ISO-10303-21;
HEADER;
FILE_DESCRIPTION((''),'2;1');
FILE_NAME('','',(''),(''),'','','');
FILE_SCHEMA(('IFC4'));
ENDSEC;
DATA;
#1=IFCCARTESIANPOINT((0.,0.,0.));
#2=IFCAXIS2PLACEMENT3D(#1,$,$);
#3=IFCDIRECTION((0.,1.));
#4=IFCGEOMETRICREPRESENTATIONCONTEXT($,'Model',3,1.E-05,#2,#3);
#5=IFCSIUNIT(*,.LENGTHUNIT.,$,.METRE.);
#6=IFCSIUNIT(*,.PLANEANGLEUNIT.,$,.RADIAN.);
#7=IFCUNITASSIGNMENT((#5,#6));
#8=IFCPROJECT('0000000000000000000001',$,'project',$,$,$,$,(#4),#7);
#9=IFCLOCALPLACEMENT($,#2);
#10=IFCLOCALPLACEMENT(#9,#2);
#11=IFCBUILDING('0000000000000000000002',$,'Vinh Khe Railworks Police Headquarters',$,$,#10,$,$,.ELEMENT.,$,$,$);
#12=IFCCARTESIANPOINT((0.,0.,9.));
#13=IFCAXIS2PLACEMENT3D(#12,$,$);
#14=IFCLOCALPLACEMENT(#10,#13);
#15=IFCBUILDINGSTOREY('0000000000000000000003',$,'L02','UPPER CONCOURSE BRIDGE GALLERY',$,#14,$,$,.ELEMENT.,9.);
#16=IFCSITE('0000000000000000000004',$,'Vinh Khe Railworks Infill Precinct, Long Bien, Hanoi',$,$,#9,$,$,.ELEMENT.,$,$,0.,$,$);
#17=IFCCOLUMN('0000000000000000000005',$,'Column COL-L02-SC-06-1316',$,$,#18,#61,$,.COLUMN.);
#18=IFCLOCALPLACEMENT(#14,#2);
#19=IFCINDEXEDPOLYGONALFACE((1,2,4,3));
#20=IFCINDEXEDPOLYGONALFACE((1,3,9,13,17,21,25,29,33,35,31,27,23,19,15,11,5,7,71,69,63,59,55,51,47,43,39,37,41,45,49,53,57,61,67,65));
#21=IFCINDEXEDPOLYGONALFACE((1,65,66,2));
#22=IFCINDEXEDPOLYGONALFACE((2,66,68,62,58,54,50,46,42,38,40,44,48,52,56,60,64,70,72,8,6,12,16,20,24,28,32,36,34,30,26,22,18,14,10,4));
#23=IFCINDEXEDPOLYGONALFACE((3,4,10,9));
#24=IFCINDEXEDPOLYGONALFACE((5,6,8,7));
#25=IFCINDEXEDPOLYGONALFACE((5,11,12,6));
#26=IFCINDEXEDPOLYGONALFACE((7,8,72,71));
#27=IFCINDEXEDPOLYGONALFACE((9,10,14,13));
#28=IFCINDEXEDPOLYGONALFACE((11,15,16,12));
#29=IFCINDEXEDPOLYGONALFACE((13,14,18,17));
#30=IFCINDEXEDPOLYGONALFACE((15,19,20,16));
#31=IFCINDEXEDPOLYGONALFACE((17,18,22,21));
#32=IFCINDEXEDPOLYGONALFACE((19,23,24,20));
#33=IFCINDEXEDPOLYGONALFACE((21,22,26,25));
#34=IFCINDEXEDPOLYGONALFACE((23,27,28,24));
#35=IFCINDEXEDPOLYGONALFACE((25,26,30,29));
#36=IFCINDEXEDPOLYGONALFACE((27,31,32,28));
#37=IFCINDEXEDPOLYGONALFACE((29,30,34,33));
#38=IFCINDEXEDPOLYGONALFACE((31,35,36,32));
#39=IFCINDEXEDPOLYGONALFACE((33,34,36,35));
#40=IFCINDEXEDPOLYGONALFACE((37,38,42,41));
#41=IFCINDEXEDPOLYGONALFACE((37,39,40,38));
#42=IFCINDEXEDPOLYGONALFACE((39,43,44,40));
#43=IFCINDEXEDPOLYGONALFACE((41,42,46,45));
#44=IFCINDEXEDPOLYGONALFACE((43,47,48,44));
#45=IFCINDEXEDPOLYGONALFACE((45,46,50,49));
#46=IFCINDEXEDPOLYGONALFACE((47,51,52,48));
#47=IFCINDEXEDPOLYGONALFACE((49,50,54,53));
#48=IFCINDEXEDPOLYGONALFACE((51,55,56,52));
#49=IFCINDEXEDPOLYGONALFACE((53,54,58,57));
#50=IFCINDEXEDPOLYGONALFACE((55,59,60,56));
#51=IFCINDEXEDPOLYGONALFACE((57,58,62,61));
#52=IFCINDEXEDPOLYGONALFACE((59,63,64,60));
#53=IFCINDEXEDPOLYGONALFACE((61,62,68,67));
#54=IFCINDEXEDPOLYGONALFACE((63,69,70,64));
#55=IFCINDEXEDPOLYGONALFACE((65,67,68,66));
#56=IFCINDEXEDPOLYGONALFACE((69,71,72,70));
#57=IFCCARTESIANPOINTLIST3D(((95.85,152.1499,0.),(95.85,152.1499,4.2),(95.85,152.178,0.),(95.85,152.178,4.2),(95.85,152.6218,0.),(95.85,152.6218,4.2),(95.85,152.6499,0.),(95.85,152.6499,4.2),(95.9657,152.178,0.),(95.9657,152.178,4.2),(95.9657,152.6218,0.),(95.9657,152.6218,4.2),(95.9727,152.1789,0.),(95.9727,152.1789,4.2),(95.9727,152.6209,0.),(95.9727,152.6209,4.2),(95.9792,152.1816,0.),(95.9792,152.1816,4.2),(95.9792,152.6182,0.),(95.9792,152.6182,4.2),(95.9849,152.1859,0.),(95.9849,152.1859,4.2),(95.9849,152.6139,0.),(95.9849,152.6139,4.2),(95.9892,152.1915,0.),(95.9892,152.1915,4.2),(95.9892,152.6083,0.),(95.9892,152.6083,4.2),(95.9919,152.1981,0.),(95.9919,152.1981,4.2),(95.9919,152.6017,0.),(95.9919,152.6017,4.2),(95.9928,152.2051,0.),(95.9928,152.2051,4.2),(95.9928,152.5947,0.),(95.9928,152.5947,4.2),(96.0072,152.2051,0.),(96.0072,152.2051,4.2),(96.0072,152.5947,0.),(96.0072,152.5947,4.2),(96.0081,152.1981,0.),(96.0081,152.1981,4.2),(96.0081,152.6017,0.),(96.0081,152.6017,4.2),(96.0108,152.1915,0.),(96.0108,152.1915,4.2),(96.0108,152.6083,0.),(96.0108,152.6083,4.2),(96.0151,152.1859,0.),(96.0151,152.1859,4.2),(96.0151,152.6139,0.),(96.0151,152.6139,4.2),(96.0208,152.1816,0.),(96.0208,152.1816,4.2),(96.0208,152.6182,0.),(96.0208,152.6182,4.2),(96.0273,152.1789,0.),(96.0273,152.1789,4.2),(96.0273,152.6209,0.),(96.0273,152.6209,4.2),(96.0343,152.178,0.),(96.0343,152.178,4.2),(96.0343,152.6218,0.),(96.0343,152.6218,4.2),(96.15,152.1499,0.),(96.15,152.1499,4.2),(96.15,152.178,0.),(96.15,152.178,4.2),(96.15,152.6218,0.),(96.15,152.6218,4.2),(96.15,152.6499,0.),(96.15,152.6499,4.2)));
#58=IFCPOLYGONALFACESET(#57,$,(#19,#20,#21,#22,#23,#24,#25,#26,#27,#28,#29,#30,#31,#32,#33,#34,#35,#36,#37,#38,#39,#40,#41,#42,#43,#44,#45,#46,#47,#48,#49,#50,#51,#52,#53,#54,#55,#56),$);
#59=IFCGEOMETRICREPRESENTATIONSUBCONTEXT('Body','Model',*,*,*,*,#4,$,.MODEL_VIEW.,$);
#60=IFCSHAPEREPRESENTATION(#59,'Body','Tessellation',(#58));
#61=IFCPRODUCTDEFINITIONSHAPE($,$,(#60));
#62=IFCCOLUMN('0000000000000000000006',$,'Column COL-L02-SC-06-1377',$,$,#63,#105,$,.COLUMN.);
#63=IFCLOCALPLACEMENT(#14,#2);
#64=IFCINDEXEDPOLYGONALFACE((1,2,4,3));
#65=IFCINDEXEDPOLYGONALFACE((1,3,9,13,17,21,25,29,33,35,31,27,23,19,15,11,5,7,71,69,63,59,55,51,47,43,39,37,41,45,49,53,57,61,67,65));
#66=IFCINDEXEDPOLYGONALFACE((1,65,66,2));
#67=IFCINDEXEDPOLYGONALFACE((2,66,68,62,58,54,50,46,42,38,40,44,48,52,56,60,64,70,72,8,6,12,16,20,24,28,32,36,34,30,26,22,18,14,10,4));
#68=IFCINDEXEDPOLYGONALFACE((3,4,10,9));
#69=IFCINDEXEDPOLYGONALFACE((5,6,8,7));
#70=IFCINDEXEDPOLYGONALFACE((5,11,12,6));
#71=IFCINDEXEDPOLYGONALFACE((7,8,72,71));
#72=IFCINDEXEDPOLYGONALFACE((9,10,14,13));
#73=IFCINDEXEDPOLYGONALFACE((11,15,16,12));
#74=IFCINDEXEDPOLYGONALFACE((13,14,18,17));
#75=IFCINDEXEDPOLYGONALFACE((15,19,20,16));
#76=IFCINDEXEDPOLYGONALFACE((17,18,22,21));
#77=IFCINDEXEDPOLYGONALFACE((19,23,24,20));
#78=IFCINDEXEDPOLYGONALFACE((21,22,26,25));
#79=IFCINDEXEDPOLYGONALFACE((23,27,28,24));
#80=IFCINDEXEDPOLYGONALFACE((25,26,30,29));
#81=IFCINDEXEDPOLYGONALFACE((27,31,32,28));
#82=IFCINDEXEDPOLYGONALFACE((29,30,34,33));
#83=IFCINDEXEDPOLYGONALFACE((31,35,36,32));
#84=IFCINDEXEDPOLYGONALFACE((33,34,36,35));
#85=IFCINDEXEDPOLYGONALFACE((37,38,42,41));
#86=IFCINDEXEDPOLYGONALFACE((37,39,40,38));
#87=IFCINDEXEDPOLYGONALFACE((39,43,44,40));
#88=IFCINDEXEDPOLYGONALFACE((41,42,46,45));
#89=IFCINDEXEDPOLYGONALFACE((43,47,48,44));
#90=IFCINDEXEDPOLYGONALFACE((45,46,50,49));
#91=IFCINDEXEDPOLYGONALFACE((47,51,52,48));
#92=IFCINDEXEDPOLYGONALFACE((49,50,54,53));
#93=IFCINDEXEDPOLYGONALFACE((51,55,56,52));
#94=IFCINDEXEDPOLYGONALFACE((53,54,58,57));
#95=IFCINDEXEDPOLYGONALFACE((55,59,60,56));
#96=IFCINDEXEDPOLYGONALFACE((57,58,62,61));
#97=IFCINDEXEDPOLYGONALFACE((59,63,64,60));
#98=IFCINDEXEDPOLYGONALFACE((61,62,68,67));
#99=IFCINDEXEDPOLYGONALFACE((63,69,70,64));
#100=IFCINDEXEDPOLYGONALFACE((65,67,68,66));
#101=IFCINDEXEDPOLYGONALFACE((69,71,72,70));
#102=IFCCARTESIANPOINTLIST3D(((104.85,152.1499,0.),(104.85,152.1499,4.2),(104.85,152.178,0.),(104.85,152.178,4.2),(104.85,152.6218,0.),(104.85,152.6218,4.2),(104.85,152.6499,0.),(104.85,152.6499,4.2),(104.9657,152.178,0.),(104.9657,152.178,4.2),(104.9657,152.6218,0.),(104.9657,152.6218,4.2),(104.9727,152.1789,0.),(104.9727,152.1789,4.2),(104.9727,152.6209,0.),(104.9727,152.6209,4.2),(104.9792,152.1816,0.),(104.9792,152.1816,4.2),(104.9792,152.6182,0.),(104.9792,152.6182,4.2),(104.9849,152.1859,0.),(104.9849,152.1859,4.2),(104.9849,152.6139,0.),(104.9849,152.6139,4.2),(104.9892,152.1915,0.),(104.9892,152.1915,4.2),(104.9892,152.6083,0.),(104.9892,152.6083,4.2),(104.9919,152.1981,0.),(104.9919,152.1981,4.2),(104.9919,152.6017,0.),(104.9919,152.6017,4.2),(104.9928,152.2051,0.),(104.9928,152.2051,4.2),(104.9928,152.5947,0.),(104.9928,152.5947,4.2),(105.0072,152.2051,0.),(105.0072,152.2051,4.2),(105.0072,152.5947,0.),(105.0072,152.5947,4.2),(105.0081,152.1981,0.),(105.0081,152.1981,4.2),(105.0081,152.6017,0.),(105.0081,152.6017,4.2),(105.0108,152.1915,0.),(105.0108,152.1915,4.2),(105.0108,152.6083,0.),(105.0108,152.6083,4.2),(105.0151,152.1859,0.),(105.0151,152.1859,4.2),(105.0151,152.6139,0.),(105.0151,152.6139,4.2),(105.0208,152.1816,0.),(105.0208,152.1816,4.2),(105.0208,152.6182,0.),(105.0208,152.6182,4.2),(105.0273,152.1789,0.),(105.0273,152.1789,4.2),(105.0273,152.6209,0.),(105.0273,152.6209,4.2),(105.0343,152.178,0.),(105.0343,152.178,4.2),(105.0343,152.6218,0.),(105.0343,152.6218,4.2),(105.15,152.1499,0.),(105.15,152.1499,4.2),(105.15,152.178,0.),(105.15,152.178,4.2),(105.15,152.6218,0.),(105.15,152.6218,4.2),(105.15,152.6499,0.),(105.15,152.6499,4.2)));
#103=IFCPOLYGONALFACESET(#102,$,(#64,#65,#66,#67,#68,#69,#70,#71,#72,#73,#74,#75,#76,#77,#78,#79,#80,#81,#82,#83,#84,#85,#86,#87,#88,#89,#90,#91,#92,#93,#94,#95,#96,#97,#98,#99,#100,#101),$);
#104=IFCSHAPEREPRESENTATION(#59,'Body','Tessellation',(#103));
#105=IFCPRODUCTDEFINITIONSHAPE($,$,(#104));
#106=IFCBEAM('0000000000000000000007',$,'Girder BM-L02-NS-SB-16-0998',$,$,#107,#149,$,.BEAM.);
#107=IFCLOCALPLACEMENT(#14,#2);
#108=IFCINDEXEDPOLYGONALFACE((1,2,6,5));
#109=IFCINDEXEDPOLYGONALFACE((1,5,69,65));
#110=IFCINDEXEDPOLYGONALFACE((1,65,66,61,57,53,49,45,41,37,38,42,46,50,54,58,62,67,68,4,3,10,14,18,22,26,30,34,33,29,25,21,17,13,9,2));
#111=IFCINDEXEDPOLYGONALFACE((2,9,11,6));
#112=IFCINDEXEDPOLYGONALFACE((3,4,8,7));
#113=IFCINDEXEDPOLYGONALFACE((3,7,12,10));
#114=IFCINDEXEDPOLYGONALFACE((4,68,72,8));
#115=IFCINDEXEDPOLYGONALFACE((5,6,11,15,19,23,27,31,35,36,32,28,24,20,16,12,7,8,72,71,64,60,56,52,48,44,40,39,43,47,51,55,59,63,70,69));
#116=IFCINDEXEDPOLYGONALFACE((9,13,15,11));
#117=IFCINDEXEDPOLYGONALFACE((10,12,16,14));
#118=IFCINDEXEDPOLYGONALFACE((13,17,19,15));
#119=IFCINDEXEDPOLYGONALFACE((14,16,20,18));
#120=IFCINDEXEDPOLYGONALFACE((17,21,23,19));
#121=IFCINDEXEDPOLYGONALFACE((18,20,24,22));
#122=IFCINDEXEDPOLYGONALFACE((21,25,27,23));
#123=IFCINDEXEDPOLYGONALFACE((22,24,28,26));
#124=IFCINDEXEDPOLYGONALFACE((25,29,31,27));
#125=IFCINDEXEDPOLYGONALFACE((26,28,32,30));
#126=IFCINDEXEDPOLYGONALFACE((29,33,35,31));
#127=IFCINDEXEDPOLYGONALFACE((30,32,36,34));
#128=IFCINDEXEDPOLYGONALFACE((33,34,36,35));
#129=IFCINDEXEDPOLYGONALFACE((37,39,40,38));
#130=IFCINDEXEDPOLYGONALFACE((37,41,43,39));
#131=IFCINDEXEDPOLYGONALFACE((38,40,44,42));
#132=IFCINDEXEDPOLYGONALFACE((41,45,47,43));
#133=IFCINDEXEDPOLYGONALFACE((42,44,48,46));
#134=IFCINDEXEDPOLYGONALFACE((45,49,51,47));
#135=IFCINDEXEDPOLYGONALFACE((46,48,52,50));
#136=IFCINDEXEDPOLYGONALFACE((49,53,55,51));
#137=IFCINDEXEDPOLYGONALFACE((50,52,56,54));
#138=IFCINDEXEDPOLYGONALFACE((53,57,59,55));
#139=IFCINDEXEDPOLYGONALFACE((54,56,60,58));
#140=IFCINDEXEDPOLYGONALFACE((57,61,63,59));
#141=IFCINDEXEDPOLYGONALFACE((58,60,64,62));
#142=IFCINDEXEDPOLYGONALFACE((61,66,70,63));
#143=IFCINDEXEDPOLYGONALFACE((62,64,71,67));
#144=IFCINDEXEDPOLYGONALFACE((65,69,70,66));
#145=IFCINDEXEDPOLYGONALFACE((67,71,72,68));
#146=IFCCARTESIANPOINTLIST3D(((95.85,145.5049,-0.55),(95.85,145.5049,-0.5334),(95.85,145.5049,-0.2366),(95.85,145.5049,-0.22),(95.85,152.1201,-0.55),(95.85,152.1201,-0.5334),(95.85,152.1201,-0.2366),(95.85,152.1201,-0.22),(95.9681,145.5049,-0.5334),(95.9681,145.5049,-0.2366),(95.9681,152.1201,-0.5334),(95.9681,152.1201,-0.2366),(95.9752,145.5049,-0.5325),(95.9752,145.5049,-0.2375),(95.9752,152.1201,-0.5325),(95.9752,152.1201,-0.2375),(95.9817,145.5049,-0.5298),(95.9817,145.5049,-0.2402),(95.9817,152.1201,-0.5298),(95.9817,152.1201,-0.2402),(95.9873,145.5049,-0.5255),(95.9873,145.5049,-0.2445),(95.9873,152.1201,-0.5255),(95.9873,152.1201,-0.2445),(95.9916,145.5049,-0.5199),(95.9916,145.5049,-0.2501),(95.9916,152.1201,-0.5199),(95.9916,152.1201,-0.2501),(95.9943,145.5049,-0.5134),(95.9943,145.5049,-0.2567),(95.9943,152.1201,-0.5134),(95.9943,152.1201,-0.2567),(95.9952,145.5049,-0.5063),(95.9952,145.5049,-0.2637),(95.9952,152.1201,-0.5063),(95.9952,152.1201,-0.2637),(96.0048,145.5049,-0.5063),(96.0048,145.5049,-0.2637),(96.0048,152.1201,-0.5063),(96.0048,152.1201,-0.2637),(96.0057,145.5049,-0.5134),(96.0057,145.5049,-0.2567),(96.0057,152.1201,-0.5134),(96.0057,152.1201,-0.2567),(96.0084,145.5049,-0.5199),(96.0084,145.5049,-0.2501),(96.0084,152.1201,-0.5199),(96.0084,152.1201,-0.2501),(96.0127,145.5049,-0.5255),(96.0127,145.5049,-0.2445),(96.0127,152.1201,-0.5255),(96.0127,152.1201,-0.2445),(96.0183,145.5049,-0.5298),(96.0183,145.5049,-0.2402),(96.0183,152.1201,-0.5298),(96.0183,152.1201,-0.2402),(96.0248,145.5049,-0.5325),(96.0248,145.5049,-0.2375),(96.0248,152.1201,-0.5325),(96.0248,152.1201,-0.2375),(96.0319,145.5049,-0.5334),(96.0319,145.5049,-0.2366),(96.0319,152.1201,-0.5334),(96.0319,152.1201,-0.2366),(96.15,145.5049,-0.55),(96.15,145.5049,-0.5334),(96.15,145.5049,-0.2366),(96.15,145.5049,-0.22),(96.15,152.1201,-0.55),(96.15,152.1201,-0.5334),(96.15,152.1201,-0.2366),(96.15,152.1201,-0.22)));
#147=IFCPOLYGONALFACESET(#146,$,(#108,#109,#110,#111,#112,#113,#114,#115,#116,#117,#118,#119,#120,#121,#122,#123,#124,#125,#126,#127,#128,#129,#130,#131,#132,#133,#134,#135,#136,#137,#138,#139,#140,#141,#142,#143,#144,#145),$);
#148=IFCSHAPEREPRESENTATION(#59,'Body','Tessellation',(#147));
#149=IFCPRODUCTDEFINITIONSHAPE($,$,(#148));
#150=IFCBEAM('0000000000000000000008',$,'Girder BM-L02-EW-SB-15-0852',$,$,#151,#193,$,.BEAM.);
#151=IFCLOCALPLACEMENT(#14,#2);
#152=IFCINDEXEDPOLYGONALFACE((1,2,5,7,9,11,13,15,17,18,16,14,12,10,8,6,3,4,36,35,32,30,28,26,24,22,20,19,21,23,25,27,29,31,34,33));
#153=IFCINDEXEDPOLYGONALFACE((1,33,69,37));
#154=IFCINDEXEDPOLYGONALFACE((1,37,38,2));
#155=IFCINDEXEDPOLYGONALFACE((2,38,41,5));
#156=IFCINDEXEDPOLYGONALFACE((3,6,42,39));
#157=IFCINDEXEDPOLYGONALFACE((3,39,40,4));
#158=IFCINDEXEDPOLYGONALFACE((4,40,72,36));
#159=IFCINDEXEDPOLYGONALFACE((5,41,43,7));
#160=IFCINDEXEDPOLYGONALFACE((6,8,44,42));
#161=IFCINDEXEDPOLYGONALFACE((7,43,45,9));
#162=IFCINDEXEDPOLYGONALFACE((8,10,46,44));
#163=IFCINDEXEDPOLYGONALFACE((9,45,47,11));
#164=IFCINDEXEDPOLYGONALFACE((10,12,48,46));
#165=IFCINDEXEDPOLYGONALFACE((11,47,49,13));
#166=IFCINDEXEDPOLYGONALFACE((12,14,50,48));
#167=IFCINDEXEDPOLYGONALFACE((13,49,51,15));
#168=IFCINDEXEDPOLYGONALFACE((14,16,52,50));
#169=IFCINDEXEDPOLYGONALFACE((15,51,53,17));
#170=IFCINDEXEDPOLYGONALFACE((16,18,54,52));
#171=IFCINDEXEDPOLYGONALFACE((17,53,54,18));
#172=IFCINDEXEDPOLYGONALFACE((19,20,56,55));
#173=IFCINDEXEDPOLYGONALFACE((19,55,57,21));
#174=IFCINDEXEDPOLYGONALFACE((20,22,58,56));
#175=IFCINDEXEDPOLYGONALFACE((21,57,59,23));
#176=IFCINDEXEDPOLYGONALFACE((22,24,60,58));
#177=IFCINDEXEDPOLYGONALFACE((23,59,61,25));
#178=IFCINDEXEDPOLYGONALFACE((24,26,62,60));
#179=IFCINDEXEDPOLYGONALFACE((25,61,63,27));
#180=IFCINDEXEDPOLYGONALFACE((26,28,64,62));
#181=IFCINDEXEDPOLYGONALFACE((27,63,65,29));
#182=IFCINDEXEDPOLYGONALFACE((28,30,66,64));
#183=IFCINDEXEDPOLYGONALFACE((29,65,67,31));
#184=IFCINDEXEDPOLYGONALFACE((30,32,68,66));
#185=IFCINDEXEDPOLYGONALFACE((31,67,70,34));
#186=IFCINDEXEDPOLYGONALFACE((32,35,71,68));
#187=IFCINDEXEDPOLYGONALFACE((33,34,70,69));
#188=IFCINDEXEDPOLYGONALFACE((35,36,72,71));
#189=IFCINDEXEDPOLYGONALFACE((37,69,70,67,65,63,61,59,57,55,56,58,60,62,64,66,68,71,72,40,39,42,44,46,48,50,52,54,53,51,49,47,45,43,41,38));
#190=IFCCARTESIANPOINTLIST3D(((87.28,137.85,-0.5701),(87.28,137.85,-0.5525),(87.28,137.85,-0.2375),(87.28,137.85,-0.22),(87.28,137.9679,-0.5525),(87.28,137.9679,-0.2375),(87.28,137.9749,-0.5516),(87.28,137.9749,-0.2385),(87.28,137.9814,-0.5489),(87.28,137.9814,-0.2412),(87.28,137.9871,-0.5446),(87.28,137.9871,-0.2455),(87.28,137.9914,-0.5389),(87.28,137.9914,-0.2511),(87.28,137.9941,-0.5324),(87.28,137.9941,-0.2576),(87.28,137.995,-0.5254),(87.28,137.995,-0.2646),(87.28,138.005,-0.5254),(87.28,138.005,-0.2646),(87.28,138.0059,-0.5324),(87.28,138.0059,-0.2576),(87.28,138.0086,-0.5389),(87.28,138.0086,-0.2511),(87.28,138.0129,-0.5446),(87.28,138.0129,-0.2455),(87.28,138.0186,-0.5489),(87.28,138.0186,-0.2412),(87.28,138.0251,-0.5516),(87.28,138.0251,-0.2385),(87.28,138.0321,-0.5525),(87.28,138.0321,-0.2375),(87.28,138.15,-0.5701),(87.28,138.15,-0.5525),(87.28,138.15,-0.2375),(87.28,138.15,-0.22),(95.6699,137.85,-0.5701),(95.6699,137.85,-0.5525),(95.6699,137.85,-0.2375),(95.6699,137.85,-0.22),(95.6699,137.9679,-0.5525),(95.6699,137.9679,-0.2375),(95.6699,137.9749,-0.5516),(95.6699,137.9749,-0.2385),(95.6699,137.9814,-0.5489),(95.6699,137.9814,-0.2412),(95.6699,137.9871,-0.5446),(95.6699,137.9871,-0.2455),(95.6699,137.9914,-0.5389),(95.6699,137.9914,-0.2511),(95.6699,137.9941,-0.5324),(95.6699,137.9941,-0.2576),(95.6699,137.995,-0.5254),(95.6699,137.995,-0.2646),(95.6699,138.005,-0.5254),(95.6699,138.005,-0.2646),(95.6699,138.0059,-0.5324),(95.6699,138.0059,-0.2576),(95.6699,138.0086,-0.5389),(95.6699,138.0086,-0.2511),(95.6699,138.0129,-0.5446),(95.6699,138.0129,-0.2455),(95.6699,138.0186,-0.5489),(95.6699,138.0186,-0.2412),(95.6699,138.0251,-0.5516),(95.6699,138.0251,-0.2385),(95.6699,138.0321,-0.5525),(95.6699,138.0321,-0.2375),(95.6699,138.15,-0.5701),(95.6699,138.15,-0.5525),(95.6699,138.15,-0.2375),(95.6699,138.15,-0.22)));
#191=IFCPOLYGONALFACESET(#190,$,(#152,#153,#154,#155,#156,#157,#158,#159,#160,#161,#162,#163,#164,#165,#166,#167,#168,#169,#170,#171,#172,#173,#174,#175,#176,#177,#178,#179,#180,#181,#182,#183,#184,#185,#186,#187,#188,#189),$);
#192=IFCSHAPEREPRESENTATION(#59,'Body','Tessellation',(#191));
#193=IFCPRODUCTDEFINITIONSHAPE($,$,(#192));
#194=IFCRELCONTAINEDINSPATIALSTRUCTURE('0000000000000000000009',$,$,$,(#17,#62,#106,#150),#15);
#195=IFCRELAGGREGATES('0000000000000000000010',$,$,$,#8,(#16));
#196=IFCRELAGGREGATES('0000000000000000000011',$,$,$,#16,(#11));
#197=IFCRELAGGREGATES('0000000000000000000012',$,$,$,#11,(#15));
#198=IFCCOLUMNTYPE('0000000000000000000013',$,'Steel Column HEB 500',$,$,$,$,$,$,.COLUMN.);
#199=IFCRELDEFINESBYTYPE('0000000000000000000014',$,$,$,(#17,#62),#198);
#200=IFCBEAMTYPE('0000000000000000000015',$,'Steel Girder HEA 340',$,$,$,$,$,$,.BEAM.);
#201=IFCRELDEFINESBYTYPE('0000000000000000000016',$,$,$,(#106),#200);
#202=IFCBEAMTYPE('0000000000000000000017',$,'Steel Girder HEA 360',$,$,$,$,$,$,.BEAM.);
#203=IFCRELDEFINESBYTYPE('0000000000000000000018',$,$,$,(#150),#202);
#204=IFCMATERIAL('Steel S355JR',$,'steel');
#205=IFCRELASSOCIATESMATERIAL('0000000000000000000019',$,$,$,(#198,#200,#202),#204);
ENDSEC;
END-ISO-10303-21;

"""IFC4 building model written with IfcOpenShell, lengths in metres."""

from ifc_helpers import new_model, si_unit, direction, frame, origin, origin_2d, place, context, subcontext, project, spatial, i_section, extrude, material, material_profile, profile_set, type_object, element, save


model = new_model("IFC4")

# Units and contexts
model_context = context("Model", 3, precision=1e-05, world=origin(), true_north=direction((0.0, 1.0)))
body_context = subcontext(model_context, "Body", "Model", "MODEL_VIEW")
ifc_project = project(units=[si_unit("LENGTHUNIT", "METRE"), si_unit("PLANEANGLEUNIT", "RADIAN")], contexts=[model_context])

# Site, building, storey
site_placement = place(None, origin())
site = spatial("IfcSite", under=ifc_project, at=site_placement, Name="Vinh Khe Railworks Infill Precinct, Long Bien, Hanoi", CompositionType="ELEMENT", RefElevation=0.0)
building_placement = place(site_placement, origin())
building = spatial("IfcBuilding", under=site, at=building_placement, Name="Vinh Khe Railworks Police Headquarters", CompositionType="ELEMENT")
storey_placement = place(building_placement, frame((0.0, 0.0, 9.0)))
storey = spatial("IfcBuildingStorey", under=building, at=storey_placement, Name="L02", Description="UPPER CONCOURSE BRIDGE GALLERY", CompositionType="ELEMENT", Elevation=9.0)

# Columns
ifc_material_1 = material(Name="Steel S355JR", Category="steel")
ifc_material_profile_1 = material_profile(ifc_material_1, i_section(OverallWidth=0.3, OverallDepth=0.5, WebThickness=0.0144, FlangeThickness=0.0281, FilletRadius=0.0271, at=origin_2d()), Name="HEB 500")
ifc_profile_set_1 = profile_set([ifc_material_profile_1], Name="Steel S355JR")
column_type_1 = type_object("IfcColumnType", Name="Steel Column HEB 500", PredefinedType="COLUMN", material=ifc_profile_set_1)
for number, where, z_axis, x_axis, name in (
    (1, (96.0, 152.3999, 0.0), (0.0, 0.0, 1.0), (1.0, 0.0, 0.0), "Column COL-L02-SC-06-1316"),
    (2, (105.0, 152.3999, 0.0), (0.0, 0.0, 1.0), (1.0, 0.0, 0.0), "Column COL-L02-SC-06-1377"),
):
    element("IfcColumn", number, at=place(storey_placement, frame(where, z_axis=z_axis, x_axis=x_axis)), inside=storey, type_object=column_type_1, Name=name, PredefinedType="COLUMN", context=body_context, shape_type="SweptSolid", body=[
        extrude(i_section(OverallWidth=0.3, OverallDepth=0.5, WebThickness=0.0144, FlangeThickness=0.0281, FilletRadius=0.0271, at=origin_2d()), origin(), (0.0, 0.0, 1.0), 4.2),
    ])

# Beams
ifc_material_profile_2 = material_profile(ifc_material_1, i_section(OverallWidth=0.3, OverallDepth=0.3301, WebThickness=0.0095, FlangeThickness=0.0166, FilletRadius=0.0271, at=origin_2d()), Name="HEA 340")
ifc_profile_set_2 = profile_set([ifc_material_profile_2], Name="Steel S355JR")
beam_type_1 = type_object("IfcBeamType", Name="Steel Girder HEA 340", PredefinedType="BEAM", material=ifc_profile_set_2)
beam_1_placement = place(storey_placement, frame((96.0, 145.5049, -0.385), z_axis=(0.0, 1.0, 0.0), x_axis=(-1.0, 0.0, 0.0)))
element("IfcBeam", 3, at=beam_1_placement, inside=storey, type_object=beam_type_1, Name="Girder BM-L02-NS-SB-16-0998", PredefinedType="BEAM", context=body_context, shape_type="SweptSolid", body=[
    extrude(i_section(OverallWidth=0.3, OverallDepth=0.3301, WebThickness=0.0095, FlangeThickness=0.0166, FilletRadius=0.0271, at=origin_2d()), origin(), (0.0, 0.0, 1.0), 6.6152),
])
ifc_material_profile_3 = material_profile(ifc_material_1, i_section(OverallWidth=0.3, OverallDepth=0.3501, WebThickness=0.01, FlangeThickness=0.0176, FilletRadius=0.0271, at=origin_2d()), Name="HEA 360")
ifc_profile_set_3 = profile_set([ifc_material_profile_3], Name="Steel S355JR")
beam_type_2 = type_object("IfcBeamType", Name="Steel Girder HEA 360", PredefinedType="BEAM", material=ifc_profile_set_3)
beam_2_placement = place(storey_placement, frame((87.28, 138.0, -0.395), z_axis=(1.0, 0.0, 0.0), x_axis=(0.0, 1.0, 0.0)))
element("IfcBeam", 4, at=beam_2_placement, inside=storey, type_object=beam_type_2, Name="Girder BM-L02-EW-SB-15-0852", PredefinedType="BEAM", context=body_context, shape_type="SweptSolid", body=[
    extrude(i_section(OverallWidth=0.3, OverallDepth=0.3501, WebThickness=0.01, FlangeThickness=0.0176, FilletRadius=0.0271, at=origin_2d()), origin(), (0.0, 0.0, 1.0), 8.3899),
])

save(model, "model.ifc")
